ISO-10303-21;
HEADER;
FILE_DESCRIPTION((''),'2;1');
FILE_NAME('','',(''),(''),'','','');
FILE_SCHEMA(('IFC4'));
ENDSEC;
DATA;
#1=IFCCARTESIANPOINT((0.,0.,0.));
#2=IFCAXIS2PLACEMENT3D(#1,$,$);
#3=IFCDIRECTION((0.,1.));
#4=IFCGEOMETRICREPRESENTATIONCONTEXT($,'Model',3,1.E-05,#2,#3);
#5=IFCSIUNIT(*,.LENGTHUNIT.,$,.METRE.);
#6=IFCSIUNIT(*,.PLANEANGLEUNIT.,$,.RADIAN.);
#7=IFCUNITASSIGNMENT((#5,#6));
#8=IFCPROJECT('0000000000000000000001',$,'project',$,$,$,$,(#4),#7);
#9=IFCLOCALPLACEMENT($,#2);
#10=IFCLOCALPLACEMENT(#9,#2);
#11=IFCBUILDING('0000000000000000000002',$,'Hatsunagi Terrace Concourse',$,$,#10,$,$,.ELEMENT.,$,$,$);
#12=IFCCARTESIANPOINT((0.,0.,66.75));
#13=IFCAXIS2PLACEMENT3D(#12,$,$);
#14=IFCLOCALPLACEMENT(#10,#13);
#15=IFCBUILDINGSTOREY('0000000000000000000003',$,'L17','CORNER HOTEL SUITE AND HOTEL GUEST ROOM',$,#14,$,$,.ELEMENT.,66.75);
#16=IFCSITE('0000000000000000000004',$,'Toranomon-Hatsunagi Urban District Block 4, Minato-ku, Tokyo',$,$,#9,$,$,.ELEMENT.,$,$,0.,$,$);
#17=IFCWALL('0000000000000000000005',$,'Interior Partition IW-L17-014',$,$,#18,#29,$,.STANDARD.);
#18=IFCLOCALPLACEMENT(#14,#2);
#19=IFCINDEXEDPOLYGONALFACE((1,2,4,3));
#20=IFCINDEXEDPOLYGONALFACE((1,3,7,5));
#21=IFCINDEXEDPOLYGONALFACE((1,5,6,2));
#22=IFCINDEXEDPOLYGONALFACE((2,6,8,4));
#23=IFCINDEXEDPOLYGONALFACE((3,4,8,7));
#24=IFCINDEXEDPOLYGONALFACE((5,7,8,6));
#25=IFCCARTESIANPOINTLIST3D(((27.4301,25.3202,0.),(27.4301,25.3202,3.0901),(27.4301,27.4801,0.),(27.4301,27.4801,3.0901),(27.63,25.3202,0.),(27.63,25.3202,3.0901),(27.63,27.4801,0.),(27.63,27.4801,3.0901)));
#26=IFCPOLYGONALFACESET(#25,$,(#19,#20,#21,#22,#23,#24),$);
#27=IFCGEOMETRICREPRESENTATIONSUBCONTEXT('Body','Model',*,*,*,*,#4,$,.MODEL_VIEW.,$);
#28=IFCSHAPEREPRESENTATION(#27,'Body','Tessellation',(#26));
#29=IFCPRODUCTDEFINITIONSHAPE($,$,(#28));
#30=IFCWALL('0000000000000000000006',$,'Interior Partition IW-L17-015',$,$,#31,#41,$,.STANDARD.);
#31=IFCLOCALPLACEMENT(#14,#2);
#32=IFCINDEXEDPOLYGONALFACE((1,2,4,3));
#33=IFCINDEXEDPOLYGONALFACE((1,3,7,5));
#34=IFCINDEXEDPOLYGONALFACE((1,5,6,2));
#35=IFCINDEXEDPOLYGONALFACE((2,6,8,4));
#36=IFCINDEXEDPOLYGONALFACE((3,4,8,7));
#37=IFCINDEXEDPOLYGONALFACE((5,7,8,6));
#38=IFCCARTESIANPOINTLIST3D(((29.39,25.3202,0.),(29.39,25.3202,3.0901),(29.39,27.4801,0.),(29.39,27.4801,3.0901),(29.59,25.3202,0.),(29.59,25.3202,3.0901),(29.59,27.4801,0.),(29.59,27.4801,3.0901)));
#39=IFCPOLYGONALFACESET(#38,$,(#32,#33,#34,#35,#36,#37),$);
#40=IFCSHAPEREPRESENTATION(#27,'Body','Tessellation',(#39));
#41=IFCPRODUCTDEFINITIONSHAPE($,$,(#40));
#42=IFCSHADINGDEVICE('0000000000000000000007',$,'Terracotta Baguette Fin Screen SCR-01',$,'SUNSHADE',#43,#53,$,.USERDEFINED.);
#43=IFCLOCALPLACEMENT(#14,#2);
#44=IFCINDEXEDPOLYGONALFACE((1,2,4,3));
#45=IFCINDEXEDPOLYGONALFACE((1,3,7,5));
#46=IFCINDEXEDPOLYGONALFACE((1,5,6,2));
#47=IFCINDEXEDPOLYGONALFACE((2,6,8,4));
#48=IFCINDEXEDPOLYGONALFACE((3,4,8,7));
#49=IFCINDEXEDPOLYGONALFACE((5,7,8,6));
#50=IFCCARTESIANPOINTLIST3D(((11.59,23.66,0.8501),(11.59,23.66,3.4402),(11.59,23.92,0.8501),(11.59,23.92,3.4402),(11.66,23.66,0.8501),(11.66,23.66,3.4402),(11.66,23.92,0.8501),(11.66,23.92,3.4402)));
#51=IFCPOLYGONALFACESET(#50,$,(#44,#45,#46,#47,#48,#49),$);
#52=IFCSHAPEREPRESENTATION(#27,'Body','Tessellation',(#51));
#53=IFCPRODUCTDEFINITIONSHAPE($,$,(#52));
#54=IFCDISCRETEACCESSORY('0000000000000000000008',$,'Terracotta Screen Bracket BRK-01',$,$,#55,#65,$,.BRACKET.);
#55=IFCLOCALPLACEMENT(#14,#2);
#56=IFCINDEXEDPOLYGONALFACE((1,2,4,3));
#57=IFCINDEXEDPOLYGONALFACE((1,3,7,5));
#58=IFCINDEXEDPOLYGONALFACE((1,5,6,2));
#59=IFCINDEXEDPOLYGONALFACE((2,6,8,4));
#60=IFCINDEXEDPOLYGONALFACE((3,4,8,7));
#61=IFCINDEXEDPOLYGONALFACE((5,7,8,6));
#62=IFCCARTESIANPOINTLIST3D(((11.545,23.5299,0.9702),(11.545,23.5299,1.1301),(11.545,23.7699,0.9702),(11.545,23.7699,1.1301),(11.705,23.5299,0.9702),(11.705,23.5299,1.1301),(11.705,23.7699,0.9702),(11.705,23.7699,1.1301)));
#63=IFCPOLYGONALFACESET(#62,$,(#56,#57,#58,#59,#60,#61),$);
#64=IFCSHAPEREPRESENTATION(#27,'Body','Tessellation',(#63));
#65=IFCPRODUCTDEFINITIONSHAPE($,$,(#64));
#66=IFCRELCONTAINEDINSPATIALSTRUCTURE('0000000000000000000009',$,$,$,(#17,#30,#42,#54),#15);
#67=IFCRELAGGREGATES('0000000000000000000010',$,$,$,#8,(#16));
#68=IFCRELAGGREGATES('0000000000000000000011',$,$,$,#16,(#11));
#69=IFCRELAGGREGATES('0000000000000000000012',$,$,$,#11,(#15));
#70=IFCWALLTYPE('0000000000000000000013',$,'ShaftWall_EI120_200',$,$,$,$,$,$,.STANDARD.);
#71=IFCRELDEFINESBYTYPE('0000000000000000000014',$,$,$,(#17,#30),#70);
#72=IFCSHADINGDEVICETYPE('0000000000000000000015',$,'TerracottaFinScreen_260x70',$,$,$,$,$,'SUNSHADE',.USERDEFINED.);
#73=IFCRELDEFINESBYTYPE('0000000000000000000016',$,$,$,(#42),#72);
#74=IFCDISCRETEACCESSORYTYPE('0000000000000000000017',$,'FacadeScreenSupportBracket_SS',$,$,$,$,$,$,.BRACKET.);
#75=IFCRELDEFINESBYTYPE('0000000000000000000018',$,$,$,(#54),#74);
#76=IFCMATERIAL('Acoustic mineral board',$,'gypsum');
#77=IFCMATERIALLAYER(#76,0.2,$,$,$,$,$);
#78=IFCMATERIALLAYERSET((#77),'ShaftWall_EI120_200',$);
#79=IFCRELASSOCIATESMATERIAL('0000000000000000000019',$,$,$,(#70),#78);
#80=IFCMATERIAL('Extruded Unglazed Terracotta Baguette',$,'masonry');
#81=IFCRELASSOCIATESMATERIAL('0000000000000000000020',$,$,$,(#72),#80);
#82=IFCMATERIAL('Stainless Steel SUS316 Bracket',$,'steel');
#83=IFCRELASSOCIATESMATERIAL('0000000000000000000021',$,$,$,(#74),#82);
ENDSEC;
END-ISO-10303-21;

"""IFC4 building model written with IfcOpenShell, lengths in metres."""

from ifc_helpers import new_model, si_unit, direction, frame, frame_2d, origin, origin_2d, place, context, subcontext, project, spatial, rectangle, extrude, material, layer, layer_set, type_object, element, save


model = new_model("IFC4")

# Units and contexts
model_context = context("Model", 3, precision=1e-05, world=origin(), true_north=direction((0.0, 1.0)))
body_context = subcontext(model_context, "Body", "Model", "MODEL_VIEW")
ifc_project = project(units=[si_unit("LENGTHUNIT", "METRE"), si_unit("PLANEANGLEUNIT", "RADIAN")], contexts=[model_context])

# Site, building, storey
site_placement = place(None, origin())
site = spatial("IfcSite", under=ifc_project, at=site_placement, Name="Toranomon-Hatsunagi Urban District Block 4, Minato-ku, Tokyo", CompositionType="ELEMENT", RefElevation=0.0)
building_placement = place(site_placement, origin())
building = spatial("IfcBuilding", under=site, at=building_placement, Name="Hatsunagi Terrace Concourse", CompositionType="ELEMENT")
storey_placement = place(building_placement, frame((0.0, 0.0, 66.75)))
storey = spatial("IfcBuildingStorey", under=building, at=storey_placement, Name="L17", Description="CORNER HOTEL SUITE AND HOTEL GUEST ROOM", CompositionType="ELEMENT", Elevation=66.75)

# Walls
ifc_material_1 = material(Name="Acoustic mineral board", Category="gypsum")
ifc_layer_1 = layer(ifc_material_1, 0.2)
ifc_layer_set_1 = layer_set([ifc_layer_1], Name="ShaftWall_EI120_200")
wall_type_1 = type_object("IfcWallType", Name="ShaftWall_EI120_200", PredefinedType="STANDARD", material=ifc_layer_set_1)
for number, where, z_axis, x_axis, name in (
    (1, (27.53, 25.3201, 0.0), (0.0, 0.0, 1.0), (0.0, 1.0, 0.0), "Interior Partition IW-L17-014"),
    (2, (29.49, 25.3201, 0.0), (0.0, 0.0, 1.0), (0.0, 1.0, 0.0), "Interior Partition IW-L17-015"),
):
    element("IfcWall", number, at=place(storey_placement, frame(where, z_axis=z_axis, x_axis=x_axis)), inside=storey, type_object=wall_type_1, Name=name, PredefinedType="STANDARD", context=body_context, shape_type="SweptSolid", body=[
        extrude(rectangle(XDim=2.1599, YDim=0.2, at=frame_2d((1.0801, 0.0))), origin(), (0.0, 0.0, 1.0), 3.0901),
    ])

# Shading device
ifc_material_2 = material(Name="Extruded Unglazed Terracotta Baguette", Category="masonry")
shading_device_type = type_object("IfcShadingDeviceType", Name="TerracottaFinScreen_260x70", ElementType="SUNSHADE", PredefinedType="USERDEFINED", material=ifc_material_2)
shading_device_placement = place(storey_placement, frame((11.625, 23.79, 0.8501), z_axis=(0.0, 0.0, 1.0), x_axis=(-1.0, 0.0, 0.0)))
element("IfcShadingDevice", 3, at=shading_device_placement, inside=storey, type_object=shading_device_type, Name="Terracotta Baguette Fin Screen SCR-01", ObjectType="SUNSHADE", PredefinedType="USERDEFINED", context=body_context, shape_type="SweptSolid", body=[
    extrude(rectangle(XDim=0.0701, YDim=0.26, at=origin_2d()), origin(), (0.0, 0.0, 1.0), 2.5901),
])

# Discrete accessory
ifc_material_3 = material(Name="Stainless Steel SUS316 Bracket", Category="steel")
discrete_accessory_type = type_object("IfcDiscreteAccessoryType", Name="FacadeScreenSupportBracket_SS", PredefinedType="BRACKET", material=ifc_material_3)
discrete_accessory_placement = place(storey_placement, frame((11.625, 23.6499, 0.9702), z_axis=(0.0, 0.0, 1.0), x_axis=(-1.0, 0.0, 0.0)))
element("IfcDiscreteAccessory", 4, at=discrete_accessory_placement, inside=storey, type_object=discrete_accessory_type, Name="Terracotta Screen Bracket BRK-01", PredefinedType="BRACKET", context=body_context, shape_type="SweptSolid", body=[
    extrude(rectangle(XDim=0.1599, YDim=0.24, at=origin_2d()), origin(), (0.0, 0.0, 1.0), 0.1599),
])

save(model, "model.ifc")
